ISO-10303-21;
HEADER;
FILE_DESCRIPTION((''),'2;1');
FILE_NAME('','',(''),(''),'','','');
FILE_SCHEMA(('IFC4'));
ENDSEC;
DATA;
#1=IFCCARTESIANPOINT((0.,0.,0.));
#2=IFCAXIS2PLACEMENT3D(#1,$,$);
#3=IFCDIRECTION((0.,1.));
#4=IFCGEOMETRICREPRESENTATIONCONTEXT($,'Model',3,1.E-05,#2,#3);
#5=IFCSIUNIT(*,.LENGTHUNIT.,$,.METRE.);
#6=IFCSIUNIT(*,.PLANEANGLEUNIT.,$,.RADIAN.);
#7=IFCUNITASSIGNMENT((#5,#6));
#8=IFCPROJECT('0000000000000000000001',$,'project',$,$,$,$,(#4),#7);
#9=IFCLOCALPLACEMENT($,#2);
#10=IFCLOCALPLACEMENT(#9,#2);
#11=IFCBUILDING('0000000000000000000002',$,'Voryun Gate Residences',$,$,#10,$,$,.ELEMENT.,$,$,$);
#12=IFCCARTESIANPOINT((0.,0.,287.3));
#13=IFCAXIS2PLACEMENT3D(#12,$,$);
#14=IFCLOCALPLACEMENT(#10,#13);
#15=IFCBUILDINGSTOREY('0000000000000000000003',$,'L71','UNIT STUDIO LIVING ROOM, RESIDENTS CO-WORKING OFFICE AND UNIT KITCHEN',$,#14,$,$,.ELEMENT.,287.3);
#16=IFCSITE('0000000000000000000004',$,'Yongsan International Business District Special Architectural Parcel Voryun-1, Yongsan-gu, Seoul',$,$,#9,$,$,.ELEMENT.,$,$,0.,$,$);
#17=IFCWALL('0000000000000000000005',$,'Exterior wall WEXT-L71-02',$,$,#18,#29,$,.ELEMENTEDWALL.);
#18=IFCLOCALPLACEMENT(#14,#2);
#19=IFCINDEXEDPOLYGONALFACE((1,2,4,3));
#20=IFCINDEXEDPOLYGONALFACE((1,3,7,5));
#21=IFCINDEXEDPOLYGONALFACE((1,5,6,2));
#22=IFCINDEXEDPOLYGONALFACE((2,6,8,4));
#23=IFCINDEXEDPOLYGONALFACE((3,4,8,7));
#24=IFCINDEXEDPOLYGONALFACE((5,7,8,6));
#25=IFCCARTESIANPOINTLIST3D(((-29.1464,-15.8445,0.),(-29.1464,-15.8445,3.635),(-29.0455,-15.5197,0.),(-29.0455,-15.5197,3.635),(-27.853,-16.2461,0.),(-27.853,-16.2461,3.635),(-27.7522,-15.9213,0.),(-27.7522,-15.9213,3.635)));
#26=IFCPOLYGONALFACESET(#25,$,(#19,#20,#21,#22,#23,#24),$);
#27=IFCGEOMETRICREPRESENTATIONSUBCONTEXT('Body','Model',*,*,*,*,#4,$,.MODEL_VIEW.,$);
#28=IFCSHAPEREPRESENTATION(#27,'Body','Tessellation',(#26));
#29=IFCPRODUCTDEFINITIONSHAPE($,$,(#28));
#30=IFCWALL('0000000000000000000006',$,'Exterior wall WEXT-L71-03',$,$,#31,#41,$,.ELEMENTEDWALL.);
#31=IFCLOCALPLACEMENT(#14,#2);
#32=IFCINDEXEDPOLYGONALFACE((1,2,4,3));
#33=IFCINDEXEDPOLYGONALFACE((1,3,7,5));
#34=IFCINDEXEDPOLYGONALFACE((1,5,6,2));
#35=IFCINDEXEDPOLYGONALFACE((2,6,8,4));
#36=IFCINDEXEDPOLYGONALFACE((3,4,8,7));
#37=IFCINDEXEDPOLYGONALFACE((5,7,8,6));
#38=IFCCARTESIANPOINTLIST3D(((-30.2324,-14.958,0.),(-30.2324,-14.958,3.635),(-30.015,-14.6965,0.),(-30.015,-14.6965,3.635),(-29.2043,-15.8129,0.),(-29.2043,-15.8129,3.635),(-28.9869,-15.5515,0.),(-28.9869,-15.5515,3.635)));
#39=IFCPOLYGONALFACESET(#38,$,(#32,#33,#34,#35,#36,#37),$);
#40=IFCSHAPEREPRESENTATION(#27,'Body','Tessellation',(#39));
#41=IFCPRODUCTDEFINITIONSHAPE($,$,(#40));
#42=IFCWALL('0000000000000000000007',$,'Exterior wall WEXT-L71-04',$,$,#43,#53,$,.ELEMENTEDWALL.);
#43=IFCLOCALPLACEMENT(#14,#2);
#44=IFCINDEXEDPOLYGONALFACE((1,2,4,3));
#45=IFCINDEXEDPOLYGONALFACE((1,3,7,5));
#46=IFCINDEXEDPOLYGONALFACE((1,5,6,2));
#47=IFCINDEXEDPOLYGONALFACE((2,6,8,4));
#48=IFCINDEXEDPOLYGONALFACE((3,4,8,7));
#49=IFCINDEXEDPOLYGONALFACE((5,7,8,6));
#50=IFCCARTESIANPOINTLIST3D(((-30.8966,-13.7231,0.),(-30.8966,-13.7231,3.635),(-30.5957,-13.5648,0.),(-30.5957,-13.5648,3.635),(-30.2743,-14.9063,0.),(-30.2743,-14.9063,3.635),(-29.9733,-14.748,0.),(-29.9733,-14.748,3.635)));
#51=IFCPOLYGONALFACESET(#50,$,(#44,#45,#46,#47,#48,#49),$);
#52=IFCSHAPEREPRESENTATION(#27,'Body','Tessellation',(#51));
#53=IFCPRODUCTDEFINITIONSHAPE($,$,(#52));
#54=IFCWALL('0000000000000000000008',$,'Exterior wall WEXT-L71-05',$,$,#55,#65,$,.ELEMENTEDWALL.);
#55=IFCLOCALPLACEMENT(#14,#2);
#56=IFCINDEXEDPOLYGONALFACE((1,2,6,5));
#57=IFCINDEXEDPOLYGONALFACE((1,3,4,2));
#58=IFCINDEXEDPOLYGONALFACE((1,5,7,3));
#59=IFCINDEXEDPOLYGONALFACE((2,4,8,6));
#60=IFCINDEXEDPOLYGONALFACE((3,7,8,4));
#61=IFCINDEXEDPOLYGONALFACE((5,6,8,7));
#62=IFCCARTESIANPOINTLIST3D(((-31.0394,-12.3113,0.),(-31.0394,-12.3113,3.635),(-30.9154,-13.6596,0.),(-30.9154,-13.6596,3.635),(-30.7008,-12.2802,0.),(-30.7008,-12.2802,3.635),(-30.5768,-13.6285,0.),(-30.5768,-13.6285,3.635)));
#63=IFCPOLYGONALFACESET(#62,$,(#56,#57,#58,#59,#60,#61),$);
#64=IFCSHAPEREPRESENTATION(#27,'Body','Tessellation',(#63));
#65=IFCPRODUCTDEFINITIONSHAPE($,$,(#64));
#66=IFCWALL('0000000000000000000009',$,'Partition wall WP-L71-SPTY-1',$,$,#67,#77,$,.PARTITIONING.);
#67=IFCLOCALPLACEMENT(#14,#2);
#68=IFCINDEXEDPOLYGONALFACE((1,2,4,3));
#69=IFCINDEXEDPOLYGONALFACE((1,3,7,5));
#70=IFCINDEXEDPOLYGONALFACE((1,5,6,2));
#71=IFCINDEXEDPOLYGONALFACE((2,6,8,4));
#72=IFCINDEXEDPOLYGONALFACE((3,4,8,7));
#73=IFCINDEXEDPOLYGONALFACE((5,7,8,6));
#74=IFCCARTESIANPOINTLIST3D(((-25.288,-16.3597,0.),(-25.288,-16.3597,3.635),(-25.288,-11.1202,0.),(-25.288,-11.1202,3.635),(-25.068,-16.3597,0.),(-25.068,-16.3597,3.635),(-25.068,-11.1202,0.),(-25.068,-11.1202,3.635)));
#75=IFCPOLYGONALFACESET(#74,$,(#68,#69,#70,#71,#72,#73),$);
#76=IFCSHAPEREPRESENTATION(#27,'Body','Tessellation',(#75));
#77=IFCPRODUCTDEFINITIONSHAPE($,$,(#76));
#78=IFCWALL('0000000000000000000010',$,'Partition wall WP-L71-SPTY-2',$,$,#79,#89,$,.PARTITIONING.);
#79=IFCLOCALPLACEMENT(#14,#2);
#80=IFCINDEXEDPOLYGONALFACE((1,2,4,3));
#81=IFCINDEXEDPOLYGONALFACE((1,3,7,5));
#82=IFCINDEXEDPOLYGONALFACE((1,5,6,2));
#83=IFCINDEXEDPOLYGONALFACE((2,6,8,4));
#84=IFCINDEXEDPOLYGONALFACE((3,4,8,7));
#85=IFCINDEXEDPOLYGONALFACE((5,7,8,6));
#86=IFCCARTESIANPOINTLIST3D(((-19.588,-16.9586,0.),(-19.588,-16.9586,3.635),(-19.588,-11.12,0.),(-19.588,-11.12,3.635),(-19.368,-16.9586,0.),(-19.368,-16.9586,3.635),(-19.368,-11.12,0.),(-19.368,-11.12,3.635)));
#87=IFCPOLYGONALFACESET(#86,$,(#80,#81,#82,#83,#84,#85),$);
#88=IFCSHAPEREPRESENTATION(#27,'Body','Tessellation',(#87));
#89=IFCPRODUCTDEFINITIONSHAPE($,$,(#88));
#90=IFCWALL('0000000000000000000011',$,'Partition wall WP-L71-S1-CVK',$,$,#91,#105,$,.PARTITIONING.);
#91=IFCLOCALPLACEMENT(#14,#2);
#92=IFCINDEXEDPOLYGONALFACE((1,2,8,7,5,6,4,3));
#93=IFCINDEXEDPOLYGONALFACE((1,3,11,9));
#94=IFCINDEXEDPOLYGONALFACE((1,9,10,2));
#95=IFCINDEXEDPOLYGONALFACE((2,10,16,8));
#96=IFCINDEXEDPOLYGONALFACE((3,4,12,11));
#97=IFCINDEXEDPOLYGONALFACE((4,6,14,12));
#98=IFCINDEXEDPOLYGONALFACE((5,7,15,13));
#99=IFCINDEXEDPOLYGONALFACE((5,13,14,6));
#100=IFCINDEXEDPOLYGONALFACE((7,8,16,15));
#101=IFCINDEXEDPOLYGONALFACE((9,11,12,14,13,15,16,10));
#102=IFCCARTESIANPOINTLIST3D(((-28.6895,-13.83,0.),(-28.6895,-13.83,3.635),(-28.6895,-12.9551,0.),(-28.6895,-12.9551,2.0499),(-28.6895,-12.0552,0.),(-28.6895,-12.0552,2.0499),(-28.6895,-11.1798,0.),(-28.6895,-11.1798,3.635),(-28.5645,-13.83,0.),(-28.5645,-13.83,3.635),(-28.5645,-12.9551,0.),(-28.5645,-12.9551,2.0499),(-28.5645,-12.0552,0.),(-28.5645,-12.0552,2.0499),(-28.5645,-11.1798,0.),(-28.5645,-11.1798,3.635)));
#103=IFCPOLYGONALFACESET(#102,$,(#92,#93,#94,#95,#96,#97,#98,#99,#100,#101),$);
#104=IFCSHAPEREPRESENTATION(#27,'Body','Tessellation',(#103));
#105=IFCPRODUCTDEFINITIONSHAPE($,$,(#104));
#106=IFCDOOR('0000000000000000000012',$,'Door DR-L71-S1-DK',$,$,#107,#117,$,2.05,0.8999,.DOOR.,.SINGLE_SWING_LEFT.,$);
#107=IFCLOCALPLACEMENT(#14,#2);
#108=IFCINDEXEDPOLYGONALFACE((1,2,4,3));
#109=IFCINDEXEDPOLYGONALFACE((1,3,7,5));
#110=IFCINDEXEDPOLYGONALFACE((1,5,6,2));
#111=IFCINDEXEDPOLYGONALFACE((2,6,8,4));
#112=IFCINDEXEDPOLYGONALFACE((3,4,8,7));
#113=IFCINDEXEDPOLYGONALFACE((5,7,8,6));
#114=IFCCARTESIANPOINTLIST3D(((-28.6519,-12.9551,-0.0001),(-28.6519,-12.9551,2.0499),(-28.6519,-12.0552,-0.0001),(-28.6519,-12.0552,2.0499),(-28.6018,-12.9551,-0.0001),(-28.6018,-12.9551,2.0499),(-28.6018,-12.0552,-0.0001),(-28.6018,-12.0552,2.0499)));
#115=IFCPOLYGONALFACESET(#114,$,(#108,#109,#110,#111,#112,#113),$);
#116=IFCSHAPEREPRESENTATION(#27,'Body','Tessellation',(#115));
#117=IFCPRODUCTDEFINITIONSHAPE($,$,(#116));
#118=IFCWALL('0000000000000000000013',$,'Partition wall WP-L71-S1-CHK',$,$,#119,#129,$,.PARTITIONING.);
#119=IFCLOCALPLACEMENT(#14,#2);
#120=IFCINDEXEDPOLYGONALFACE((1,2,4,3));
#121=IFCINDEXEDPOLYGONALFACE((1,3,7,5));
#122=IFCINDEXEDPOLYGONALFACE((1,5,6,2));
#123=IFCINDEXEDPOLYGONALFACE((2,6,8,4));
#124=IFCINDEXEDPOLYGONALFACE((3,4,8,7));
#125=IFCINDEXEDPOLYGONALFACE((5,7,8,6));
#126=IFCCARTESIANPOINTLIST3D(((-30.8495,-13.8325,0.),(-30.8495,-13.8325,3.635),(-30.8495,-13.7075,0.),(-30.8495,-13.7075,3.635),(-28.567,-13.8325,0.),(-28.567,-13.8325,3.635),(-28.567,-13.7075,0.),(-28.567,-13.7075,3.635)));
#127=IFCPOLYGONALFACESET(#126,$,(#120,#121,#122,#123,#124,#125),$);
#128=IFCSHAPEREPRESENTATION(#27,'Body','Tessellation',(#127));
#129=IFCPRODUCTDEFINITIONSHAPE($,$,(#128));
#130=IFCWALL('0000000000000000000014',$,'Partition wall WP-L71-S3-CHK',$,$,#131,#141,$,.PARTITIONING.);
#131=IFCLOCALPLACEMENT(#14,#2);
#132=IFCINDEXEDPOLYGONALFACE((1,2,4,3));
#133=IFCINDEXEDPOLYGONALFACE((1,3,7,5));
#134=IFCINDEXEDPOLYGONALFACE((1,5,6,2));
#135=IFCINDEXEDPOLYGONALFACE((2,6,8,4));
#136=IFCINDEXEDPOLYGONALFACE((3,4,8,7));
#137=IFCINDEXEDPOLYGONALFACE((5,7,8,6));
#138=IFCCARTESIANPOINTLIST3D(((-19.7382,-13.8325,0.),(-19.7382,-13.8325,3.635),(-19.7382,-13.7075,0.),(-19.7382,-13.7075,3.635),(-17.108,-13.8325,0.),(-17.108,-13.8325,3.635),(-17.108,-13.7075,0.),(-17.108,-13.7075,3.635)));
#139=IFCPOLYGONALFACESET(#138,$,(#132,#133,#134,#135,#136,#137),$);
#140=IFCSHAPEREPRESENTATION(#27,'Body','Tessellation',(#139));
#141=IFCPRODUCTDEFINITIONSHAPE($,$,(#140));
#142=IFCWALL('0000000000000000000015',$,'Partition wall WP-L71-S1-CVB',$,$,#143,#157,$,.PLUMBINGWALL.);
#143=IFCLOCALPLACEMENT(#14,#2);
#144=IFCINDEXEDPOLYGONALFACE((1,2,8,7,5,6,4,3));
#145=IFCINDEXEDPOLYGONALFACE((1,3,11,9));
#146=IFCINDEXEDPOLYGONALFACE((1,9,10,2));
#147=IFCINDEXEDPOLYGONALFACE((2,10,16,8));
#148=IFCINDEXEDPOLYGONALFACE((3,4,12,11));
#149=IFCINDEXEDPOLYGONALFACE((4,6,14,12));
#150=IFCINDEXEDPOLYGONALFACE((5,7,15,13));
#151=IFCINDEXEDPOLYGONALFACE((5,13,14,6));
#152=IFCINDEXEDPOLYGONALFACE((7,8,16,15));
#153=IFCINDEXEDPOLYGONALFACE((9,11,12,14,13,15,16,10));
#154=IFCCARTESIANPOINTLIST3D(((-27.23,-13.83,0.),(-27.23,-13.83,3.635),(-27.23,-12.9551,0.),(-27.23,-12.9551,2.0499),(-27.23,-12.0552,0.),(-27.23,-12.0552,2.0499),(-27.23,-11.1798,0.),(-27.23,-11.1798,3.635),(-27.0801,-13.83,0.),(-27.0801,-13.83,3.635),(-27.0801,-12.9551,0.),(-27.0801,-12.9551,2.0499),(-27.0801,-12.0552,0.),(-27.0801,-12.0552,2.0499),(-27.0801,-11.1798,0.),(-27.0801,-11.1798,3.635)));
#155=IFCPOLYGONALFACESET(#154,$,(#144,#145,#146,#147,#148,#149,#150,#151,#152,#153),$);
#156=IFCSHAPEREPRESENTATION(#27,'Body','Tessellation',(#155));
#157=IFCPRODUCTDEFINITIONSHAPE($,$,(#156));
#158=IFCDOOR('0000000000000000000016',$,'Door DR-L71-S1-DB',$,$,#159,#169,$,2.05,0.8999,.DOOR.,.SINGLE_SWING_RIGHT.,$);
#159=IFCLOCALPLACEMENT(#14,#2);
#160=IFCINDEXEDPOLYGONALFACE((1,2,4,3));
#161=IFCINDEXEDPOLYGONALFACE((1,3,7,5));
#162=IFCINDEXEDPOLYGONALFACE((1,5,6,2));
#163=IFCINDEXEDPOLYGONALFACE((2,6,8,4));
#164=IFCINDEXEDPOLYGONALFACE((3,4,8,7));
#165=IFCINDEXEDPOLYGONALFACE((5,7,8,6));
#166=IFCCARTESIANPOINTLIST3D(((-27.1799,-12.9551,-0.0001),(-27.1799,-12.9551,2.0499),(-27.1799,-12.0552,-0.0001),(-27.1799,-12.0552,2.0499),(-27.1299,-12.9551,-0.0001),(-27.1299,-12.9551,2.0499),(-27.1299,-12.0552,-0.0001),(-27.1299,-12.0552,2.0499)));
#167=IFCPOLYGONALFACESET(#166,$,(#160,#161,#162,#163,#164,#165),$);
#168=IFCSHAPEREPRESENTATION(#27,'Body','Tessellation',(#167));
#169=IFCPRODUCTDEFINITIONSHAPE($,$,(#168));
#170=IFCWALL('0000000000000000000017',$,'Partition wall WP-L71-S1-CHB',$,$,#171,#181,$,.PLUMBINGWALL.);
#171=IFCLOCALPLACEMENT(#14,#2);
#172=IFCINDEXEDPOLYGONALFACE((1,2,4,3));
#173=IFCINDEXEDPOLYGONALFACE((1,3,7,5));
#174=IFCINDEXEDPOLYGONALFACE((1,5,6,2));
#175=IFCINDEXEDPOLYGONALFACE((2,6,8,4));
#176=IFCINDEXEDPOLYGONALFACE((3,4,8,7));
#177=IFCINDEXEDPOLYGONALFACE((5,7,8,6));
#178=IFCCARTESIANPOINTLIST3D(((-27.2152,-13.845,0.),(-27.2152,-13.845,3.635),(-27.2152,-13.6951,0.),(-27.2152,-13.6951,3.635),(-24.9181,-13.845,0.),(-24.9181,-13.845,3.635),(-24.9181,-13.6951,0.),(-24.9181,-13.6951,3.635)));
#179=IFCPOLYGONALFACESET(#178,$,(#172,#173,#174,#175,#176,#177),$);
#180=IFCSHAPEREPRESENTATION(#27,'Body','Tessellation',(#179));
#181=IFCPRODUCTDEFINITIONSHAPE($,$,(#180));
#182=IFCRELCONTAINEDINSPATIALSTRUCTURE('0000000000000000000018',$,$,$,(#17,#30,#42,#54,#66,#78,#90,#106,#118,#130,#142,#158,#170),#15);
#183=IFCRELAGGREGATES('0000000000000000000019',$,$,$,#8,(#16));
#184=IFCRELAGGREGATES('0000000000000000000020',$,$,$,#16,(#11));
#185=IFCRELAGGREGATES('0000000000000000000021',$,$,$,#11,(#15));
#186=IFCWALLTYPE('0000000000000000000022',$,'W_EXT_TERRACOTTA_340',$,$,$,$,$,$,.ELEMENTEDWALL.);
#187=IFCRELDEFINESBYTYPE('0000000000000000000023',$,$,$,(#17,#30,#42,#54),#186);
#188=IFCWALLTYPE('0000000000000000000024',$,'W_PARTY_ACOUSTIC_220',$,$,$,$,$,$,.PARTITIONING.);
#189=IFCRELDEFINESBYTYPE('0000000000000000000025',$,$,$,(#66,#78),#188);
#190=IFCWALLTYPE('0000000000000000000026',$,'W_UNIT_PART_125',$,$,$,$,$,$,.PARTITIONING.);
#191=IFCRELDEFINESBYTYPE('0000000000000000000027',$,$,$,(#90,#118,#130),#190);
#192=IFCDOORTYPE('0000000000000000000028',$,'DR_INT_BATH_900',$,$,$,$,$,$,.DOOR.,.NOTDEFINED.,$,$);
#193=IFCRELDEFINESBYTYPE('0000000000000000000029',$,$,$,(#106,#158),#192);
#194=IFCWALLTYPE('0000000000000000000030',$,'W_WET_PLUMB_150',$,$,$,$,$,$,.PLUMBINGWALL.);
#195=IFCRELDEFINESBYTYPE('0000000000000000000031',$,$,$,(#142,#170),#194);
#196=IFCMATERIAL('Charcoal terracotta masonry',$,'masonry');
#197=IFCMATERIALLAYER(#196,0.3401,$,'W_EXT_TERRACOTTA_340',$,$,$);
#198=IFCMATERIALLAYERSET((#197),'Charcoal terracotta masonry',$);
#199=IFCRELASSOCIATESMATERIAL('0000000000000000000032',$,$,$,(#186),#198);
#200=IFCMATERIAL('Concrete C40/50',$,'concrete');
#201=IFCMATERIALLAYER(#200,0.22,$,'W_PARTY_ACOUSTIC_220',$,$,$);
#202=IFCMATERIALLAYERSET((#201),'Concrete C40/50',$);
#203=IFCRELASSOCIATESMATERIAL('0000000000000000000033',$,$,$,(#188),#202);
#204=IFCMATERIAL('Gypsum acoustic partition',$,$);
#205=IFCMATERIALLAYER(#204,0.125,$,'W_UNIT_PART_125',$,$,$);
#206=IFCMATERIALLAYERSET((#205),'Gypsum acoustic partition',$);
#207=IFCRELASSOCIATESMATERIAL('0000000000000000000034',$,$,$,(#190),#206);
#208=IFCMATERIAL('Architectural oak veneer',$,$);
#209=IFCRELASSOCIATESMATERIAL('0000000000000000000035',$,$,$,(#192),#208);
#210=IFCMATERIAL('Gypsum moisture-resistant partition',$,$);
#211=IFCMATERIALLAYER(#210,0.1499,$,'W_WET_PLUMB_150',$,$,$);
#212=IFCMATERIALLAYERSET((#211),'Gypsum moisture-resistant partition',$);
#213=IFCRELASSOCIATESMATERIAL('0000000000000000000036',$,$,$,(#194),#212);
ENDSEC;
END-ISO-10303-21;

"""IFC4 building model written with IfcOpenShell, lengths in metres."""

from ifc_helpers import new_model, si_unit, direction, frame, frame_2d, origin, place, context, subcontext, project, spatial, rectangle, extrude, material, layer, layer_set, type_object, element, fill, save


model = new_model("IFC4")

# Units and contexts
model_context = context("Model", 3, precision=1e-05, world=origin(), true_north=direction((0.0, 1.0)))
body_context = subcontext(model_context, "Body", "Model", "MODEL_VIEW")
ifc_project = project(units=[si_unit("LENGTHUNIT", "METRE"), si_unit("PLANEANGLEUNIT", "RADIAN")], contexts=[model_context])

# Site, building, storey
site_placement = place(None, origin())
site = spatial("IfcSite", under=ifc_project, at=site_placement, Name="Yongsan International Business District Special Architectural Parcel Voryun-1, Yongsan-gu, Seoul", CompositionType="ELEMENT", RefElevation=0.0)
building_placement = place(site_placement, origin())
building = spatial("IfcBuilding", under=site, at=building_placement, Name="Voryun Gate Residences", CompositionType="ELEMENT")
storey_placement = place(building_placement, frame((0.0, 0.0, 287.3)))
storey = spatial("IfcBuildingStorey", under=building, at=storey_placement, Name="L71", Description="UNIT STUDIO LIVING ROOM, RESIDENTS CO-WORKING OFFICE AND UNIT KITCHEN", CompositionType="ELEMENT", Elevation=287.3)

# Walls
ifc_material_1 = material(Name="Charcoal terracotta masonry", Category="masonry")
ifc_layer_1 = layer(ifc_material_1, 0.3401, Name="W_EXT_TERRACOTTA_340")
ifc_layer_set_1 = layer_set([ifc_layer_1], Name="Charcoal terracotta masonry")
wall_type_1 = type_object("IfcWallType", Name="W_EXT_TERRACOTTA_340", PredefinedType="ELEMENTEDWALL", material=ifc_layer_set_1)
wall_1_placement = place(storey_placement, frame((-27.8025, -16.0837, 0.0), z_axis=(0.0, 0.0, 1.0), x_axis=(-0.955008, 0.296581, 0.0)))
element("IfcWall", 1, at=wall_1_placement, inside=storey, type_object=wall_type_1, Name="Exterior wall WEXT-L71-02", PredefinedType="ELEMENTEDWALL", context=body_context, shape_type="SweptSolid", body=[
    extrude(rectangle(XDim=1.3542, YDim=0.3401, at=frame_2d((0.6772, 0.0))), origin(), (0.0, 0.0, 1.0), 3.635),
])
wall_2_placement = place(storey_placement, frame((-29.0957, -15.6821, 0.0), z_axis=(0.0, 0.0, 1.0), x_axis=(-0.768864, 0.639412, 0.0)))
element("IfcWall", 2, at=wall_2_placement, inside=storey, type_object=wall_type_1, Name="Exterior wall WEXT-L71-03", PredefinedType="ELEMENTEDWALL", context=body_context, shape_type="SweptSolid", body=[
    extrude(rectangle(XDim=1.3372, YDim=0.3401, at=frame_2d((0.6685, 0.0))), origin(), (0.0, 0.0, 1.0), 3.635),
])
wall_3_placement = place(storey_placement, frame((-30.1238, -14.8271, 0.0), z_axis=(0.0, 0.0, 1.0), x_axis=(-0.465528, 0.885033, 0.0)))
element("IfcWall", 3, at=wall_3_placement, inside=storey, type_object=wall_type_1, Name="Exterior wall WEXT-L71-04", PredefinedType="ELEMENTEDWALL", context=body_context, shape_type="SweptSolid", body=[
    extrude(rectangle(XDim=1.3369, YDim=0.3401, at=frame_2d((0.6685, 0.0))), origin(), (0.0, 0.0, 1.0), 3.635),
])
wall_4_placement = place(storey_placement, frame((-30.7461, -13.644, 0.0), z_axis=(0.0, 0.0, 1.0), x_axis=(-0.091592, 0.995797, 0.0)))
element("IfcWall", 4, at=wall_4_placement, inside=storey, type_object=wall_type_1, Name="Exterior wall WEXT-L71-05", PredefinedType="ELEMENTEDWALL", context=body_context, shape_type="SweptSolid", body=[
    extrude(rectangle(XDim=1.354, YDim=0.3401, at=frame_2d((0.677, 0.0))), origin(), (0.0, 0.0, 1.0), 3.635),
])
ifc_material_2 = material(Name="Concrete C40/50", Category="concrete")
ifc_layer_2 = layer(ifc_material_2, 0.22, Name="W_PARTY_ACOUSTIC_220")
ifc_layer_set_2 = layer_set([ifc_layer_2], Name="Concrete C40/50")
wall_type_2 = type_object("IfcWallType", Name="W_PARTY_ACOUSTIC_220", PredefinedType="PARTITIONING", material=ifc_layer_set_2)
wall_5_placement = place(storey_placement, frame((-25.178, -16.3596, 0.0), z_axis=(0.0, 0.0, 1.0), x_axis=(0.0, 1.0, 0.0)))
element("IfcWall", 5, at=wall_5_placement, inside=storey, type_object=wall_type_2, Name="Partition wall WP-L71-SPTY-1", PredefinedType="PARTITIONING", context=body_context, shape_type="SweptSolid", body=[
    extrude(rectangle(XDim=5.2395, YDim=0.22, at=frame_2d((2.6196, 0.0))), origin(), (0.0, 0.0, 1.0), 3.635),
])
wall_6_placement = place(storey_placement, frame((-19.478, -16.9587, 0.0), z_axis=(0.0, 0.0, 1.0), x_axis=(0.0, 1.0, 0.0)))
element("IfcWall", 6, at=wall_6_placement, inside=storey, type_object=wall_type_2, Name="Partition wall WP-L71-SPTY-2", PredefinedType="PARTITIONING", context=body_context, shape_type="SweptSolid", body=[
    extrude(rectangle(XDim=5.8386, YDim=0.22, at=frame_2d((2.9194, 0.0))), origin(), (0.0, 0.0, 1.0), 3.635),
])

# Wall, opening, door
ifc_material_3 = material(Name="Gypsum acoustic partition")
ifc_layer_3 = layer(ifc_material_3, 0.125, Name="W_UNIT_PART_125")
ifc_layer_set_3 = layer_set([ifc_layer_3], Name="Gypsum acoustic partition")
wall_type_3 = type_object("IfcWallType", Name="W_UNIT_PART_125", PredefinedType="PARTITIONING", material=ifc_layer_set_3)
wall_7_placement = place(storey_placement, frame((-28.627, -13.8301, 0.0), z_axis=(0.0, 0.0, 1.0), x_axis=(0.0, 1.0, 0.0)))
wall_7 = element("IfcWall", 7, at=wall_7_placement, inside=storey, type_object=wall_type_3, Name="Partition wall WP-L71-S1-CVK", PredefinedType="PARTITIONING", context=body_context, shape_type="SweptSolid", body=[
    extrude(rectangle(XDim=2.6501, YDim=0.125, at=frame_2d((1.3252, 0.0))), origin(), (0.0, 0.0, 1.0), 3.635),
])
opening_1_placement = place(wall_7_placement, frame((0.875, 0.0, 0.0)))
opening_1 = element("IfcOpeningElement", 8, at=opening_1_placement, cuts=wall_7, PredefinedType="OPENING", context=body_context, shape_type="SweptSolid", body=[
    extrude(rectangle(XDim=0.8999, YDim=2.05, at=frame_2d((0.45, 1.0249))), frame((0.0, 0.0725, 0.0), z_axis=(0.0, -1.0, 0.0), x_axis=(1.0, 0.0, 0.0)), (0.0, 0.0, 1.0), 0.145),
])
ifc_material_4 = material(Name="Architectural oak veneer")
door_type = type_object("IfcDoorType", Name="DR_INT_BATH_900", OperationType="NOTDEFINED", PredefinedType="DOOR", material=ifc_material_4)
door_1_placement = place(opening_1_placement, origin())
door_1 = element("IfcDoor", 9, at=door_1_placement, inside=storey, type_object=door_type, Name="Door DR-L71-S1-DK", OperationType="SINGLE_SWING_LEFT", OverallHeight=2.05, OverallWidth=0.8999, PredefinedType="DOOR", context=body_context, shape_type="SweptSolid", body=[
    extrude(rectangle(XDim=0.8999, YDim=2.05, at=frame_2d((0.45, 1.0249))), frame((0.0, 0.0249, 0.0), z_axis=(0.0, -1.0, 0.0), x_axis=(1.0, 0.0, 0.0)), (0.0, 0.0, 1.0), 0.05),
])
fill(opening_1, door_1)

# Walls
wall_8_placement = place(storey_placement, frame((-30.8494, -13.77, 0.0), z_axis=(0.0, 0.0, 1.0), x_axis=(1.0, 0.0, 0.0)))
element("IfcWall", 10, at=wall_8_placement, inside=storey, type_object=wall_type_3, Name="Partition wall WP-L71-S1-CHK", PredefinedType="PARTITIONING", context=body_context, shape_type="SweptSolid", body=[
    extrude(rectangle(XDim=2.2825, YDim=0.125, at=frame_2d((1.1411, 0.0))), origin(), (0.0, 0.0, 1.0), 3.635),
])
wall_9_placement = place(storey_placement, frame((-19.738, -13.77, 0.0), z_axis=(0.0, 0.0, 1.0), x_axis=(1.0, 0.0, 0.0)))
element("IfcWall", 11, at=wall_9_placement, inside=storey, type_object=wall_type_3, Name="Partition wall WP-L71-S3-CHK", PredefinedType="PARTITIONING", context=body_context, shape_type="SweptSolid", body=[
    extrude(rectangle(XDim=2.6301, YDim=0.125, at=frame_2d((1.3149, 0.0))), origin(), (0.0, 0.0, 1.0), 3.635),
])

# Wall, opening, door
ifc_material_5 = material(Name="Gypsum moisture-resistant partition")
ifc_layer_4 = layer(ifc_material_5, 0.1499, Name="W_WET_PLUMB_150")
ifc_layer_set_4 = layer_set([ifc_layer_4], Name="Gypsum moisture-resistant partition")
wall_type_4 = type_object("IfcWallType", Name="W_WET_PLUMB_150", PredefinedType="PLUMBINGWALL", material=ifc_layer_set_4)
wall_10_placement = place(storey_placement, frame((-27.155, -13.8301, 0.0), z_axis=(0.0, 0.0, 1.0), x_axis=(0.0, 1.0, 0.0)))
wall_10 = element("IfcWall", 12, at=wall_10_placement, inside=storey, type_object=wall_type_4, Name="Partition wall WP-L71-S1-CVB", PredefinedType="PLUMBINGWALL", context=body_context, shape_type="SweptSolid", body=[
    extrude(rectangle(XDim=2.6501, YDim=0.1499, at=frame_2d((1.3252, 0.0))), origin(), (0.0, 0.0, 1.0), 3.635),
])
opening_2_placement = place(wall_10_placement, frame((0.875, 0.0, 0.0)))
opening_2 = element("IfcOpeningElement", 13, at=opening_2_placement, cuts=wall_10, PredefinedType="OPENING", context=body_context, shape_type="SweptSolid", body=[
    extrude(rectangle(XDim=0.8999, YDim=2.05, at=frame_2d((0.45, 1.0249))), frame((0.0, 0.085, 0.0), z_axis=(0.0, -1.0, 0.0), x_axis=(1.0, 0.0, 0.0)), (0.0, 0.0, 1.0), 0.1699),
])
door_2_placement = place(opening_2_placement, origin())
door_2 = element("IfcDoor", 14, at=door_2_placement, inside=storey, type_object=door_type, Name="Door DR-L71-S1-DB", OperationType="SINGLE_SWING_RIGHT", OverallHeight=2.05, OverallWidth=0.8999, PredefinedType="DOOR", context=body_context, shape_type="SweptSolid", body=[
    extrude(rectangle(XDim=0.8999, YDim=2.05, at=frame_2d((0.45, 1.0249))), frame((0.0, 0.0249, 0.0), z_axis=(0.0, -1.0, 0.0), x_axis=(1.0, 0.0, 0.0)), (0.0, 0.0, 1.0), 0.05),
])
fill(opening_2, door_2)

# Wall
wall_11_placement = place(storey_placement, frame((-27.2151, -13.77, 0.0), z_axis=(0.0, 0.0, 1.0), x_axis=(1.0, 0.0, 0.0)))
element("IfcWall", 15, at=wall_11_placement, inside=storey, type_object=wall_type_4, Name="Partition wall WP-L71-S1-CHB", PredefinedType="PLUMBINGWALL", context=body_context, shape_type="SweptSolid", body=[
    extrude(rectangle(XDim=2.2971, YDim=0.1499, at=frame_2d((1.1484, 0.0))), origin(), (0.0, 0.0, 1.0), 3.635),
])

save(model, "model.ifc")
